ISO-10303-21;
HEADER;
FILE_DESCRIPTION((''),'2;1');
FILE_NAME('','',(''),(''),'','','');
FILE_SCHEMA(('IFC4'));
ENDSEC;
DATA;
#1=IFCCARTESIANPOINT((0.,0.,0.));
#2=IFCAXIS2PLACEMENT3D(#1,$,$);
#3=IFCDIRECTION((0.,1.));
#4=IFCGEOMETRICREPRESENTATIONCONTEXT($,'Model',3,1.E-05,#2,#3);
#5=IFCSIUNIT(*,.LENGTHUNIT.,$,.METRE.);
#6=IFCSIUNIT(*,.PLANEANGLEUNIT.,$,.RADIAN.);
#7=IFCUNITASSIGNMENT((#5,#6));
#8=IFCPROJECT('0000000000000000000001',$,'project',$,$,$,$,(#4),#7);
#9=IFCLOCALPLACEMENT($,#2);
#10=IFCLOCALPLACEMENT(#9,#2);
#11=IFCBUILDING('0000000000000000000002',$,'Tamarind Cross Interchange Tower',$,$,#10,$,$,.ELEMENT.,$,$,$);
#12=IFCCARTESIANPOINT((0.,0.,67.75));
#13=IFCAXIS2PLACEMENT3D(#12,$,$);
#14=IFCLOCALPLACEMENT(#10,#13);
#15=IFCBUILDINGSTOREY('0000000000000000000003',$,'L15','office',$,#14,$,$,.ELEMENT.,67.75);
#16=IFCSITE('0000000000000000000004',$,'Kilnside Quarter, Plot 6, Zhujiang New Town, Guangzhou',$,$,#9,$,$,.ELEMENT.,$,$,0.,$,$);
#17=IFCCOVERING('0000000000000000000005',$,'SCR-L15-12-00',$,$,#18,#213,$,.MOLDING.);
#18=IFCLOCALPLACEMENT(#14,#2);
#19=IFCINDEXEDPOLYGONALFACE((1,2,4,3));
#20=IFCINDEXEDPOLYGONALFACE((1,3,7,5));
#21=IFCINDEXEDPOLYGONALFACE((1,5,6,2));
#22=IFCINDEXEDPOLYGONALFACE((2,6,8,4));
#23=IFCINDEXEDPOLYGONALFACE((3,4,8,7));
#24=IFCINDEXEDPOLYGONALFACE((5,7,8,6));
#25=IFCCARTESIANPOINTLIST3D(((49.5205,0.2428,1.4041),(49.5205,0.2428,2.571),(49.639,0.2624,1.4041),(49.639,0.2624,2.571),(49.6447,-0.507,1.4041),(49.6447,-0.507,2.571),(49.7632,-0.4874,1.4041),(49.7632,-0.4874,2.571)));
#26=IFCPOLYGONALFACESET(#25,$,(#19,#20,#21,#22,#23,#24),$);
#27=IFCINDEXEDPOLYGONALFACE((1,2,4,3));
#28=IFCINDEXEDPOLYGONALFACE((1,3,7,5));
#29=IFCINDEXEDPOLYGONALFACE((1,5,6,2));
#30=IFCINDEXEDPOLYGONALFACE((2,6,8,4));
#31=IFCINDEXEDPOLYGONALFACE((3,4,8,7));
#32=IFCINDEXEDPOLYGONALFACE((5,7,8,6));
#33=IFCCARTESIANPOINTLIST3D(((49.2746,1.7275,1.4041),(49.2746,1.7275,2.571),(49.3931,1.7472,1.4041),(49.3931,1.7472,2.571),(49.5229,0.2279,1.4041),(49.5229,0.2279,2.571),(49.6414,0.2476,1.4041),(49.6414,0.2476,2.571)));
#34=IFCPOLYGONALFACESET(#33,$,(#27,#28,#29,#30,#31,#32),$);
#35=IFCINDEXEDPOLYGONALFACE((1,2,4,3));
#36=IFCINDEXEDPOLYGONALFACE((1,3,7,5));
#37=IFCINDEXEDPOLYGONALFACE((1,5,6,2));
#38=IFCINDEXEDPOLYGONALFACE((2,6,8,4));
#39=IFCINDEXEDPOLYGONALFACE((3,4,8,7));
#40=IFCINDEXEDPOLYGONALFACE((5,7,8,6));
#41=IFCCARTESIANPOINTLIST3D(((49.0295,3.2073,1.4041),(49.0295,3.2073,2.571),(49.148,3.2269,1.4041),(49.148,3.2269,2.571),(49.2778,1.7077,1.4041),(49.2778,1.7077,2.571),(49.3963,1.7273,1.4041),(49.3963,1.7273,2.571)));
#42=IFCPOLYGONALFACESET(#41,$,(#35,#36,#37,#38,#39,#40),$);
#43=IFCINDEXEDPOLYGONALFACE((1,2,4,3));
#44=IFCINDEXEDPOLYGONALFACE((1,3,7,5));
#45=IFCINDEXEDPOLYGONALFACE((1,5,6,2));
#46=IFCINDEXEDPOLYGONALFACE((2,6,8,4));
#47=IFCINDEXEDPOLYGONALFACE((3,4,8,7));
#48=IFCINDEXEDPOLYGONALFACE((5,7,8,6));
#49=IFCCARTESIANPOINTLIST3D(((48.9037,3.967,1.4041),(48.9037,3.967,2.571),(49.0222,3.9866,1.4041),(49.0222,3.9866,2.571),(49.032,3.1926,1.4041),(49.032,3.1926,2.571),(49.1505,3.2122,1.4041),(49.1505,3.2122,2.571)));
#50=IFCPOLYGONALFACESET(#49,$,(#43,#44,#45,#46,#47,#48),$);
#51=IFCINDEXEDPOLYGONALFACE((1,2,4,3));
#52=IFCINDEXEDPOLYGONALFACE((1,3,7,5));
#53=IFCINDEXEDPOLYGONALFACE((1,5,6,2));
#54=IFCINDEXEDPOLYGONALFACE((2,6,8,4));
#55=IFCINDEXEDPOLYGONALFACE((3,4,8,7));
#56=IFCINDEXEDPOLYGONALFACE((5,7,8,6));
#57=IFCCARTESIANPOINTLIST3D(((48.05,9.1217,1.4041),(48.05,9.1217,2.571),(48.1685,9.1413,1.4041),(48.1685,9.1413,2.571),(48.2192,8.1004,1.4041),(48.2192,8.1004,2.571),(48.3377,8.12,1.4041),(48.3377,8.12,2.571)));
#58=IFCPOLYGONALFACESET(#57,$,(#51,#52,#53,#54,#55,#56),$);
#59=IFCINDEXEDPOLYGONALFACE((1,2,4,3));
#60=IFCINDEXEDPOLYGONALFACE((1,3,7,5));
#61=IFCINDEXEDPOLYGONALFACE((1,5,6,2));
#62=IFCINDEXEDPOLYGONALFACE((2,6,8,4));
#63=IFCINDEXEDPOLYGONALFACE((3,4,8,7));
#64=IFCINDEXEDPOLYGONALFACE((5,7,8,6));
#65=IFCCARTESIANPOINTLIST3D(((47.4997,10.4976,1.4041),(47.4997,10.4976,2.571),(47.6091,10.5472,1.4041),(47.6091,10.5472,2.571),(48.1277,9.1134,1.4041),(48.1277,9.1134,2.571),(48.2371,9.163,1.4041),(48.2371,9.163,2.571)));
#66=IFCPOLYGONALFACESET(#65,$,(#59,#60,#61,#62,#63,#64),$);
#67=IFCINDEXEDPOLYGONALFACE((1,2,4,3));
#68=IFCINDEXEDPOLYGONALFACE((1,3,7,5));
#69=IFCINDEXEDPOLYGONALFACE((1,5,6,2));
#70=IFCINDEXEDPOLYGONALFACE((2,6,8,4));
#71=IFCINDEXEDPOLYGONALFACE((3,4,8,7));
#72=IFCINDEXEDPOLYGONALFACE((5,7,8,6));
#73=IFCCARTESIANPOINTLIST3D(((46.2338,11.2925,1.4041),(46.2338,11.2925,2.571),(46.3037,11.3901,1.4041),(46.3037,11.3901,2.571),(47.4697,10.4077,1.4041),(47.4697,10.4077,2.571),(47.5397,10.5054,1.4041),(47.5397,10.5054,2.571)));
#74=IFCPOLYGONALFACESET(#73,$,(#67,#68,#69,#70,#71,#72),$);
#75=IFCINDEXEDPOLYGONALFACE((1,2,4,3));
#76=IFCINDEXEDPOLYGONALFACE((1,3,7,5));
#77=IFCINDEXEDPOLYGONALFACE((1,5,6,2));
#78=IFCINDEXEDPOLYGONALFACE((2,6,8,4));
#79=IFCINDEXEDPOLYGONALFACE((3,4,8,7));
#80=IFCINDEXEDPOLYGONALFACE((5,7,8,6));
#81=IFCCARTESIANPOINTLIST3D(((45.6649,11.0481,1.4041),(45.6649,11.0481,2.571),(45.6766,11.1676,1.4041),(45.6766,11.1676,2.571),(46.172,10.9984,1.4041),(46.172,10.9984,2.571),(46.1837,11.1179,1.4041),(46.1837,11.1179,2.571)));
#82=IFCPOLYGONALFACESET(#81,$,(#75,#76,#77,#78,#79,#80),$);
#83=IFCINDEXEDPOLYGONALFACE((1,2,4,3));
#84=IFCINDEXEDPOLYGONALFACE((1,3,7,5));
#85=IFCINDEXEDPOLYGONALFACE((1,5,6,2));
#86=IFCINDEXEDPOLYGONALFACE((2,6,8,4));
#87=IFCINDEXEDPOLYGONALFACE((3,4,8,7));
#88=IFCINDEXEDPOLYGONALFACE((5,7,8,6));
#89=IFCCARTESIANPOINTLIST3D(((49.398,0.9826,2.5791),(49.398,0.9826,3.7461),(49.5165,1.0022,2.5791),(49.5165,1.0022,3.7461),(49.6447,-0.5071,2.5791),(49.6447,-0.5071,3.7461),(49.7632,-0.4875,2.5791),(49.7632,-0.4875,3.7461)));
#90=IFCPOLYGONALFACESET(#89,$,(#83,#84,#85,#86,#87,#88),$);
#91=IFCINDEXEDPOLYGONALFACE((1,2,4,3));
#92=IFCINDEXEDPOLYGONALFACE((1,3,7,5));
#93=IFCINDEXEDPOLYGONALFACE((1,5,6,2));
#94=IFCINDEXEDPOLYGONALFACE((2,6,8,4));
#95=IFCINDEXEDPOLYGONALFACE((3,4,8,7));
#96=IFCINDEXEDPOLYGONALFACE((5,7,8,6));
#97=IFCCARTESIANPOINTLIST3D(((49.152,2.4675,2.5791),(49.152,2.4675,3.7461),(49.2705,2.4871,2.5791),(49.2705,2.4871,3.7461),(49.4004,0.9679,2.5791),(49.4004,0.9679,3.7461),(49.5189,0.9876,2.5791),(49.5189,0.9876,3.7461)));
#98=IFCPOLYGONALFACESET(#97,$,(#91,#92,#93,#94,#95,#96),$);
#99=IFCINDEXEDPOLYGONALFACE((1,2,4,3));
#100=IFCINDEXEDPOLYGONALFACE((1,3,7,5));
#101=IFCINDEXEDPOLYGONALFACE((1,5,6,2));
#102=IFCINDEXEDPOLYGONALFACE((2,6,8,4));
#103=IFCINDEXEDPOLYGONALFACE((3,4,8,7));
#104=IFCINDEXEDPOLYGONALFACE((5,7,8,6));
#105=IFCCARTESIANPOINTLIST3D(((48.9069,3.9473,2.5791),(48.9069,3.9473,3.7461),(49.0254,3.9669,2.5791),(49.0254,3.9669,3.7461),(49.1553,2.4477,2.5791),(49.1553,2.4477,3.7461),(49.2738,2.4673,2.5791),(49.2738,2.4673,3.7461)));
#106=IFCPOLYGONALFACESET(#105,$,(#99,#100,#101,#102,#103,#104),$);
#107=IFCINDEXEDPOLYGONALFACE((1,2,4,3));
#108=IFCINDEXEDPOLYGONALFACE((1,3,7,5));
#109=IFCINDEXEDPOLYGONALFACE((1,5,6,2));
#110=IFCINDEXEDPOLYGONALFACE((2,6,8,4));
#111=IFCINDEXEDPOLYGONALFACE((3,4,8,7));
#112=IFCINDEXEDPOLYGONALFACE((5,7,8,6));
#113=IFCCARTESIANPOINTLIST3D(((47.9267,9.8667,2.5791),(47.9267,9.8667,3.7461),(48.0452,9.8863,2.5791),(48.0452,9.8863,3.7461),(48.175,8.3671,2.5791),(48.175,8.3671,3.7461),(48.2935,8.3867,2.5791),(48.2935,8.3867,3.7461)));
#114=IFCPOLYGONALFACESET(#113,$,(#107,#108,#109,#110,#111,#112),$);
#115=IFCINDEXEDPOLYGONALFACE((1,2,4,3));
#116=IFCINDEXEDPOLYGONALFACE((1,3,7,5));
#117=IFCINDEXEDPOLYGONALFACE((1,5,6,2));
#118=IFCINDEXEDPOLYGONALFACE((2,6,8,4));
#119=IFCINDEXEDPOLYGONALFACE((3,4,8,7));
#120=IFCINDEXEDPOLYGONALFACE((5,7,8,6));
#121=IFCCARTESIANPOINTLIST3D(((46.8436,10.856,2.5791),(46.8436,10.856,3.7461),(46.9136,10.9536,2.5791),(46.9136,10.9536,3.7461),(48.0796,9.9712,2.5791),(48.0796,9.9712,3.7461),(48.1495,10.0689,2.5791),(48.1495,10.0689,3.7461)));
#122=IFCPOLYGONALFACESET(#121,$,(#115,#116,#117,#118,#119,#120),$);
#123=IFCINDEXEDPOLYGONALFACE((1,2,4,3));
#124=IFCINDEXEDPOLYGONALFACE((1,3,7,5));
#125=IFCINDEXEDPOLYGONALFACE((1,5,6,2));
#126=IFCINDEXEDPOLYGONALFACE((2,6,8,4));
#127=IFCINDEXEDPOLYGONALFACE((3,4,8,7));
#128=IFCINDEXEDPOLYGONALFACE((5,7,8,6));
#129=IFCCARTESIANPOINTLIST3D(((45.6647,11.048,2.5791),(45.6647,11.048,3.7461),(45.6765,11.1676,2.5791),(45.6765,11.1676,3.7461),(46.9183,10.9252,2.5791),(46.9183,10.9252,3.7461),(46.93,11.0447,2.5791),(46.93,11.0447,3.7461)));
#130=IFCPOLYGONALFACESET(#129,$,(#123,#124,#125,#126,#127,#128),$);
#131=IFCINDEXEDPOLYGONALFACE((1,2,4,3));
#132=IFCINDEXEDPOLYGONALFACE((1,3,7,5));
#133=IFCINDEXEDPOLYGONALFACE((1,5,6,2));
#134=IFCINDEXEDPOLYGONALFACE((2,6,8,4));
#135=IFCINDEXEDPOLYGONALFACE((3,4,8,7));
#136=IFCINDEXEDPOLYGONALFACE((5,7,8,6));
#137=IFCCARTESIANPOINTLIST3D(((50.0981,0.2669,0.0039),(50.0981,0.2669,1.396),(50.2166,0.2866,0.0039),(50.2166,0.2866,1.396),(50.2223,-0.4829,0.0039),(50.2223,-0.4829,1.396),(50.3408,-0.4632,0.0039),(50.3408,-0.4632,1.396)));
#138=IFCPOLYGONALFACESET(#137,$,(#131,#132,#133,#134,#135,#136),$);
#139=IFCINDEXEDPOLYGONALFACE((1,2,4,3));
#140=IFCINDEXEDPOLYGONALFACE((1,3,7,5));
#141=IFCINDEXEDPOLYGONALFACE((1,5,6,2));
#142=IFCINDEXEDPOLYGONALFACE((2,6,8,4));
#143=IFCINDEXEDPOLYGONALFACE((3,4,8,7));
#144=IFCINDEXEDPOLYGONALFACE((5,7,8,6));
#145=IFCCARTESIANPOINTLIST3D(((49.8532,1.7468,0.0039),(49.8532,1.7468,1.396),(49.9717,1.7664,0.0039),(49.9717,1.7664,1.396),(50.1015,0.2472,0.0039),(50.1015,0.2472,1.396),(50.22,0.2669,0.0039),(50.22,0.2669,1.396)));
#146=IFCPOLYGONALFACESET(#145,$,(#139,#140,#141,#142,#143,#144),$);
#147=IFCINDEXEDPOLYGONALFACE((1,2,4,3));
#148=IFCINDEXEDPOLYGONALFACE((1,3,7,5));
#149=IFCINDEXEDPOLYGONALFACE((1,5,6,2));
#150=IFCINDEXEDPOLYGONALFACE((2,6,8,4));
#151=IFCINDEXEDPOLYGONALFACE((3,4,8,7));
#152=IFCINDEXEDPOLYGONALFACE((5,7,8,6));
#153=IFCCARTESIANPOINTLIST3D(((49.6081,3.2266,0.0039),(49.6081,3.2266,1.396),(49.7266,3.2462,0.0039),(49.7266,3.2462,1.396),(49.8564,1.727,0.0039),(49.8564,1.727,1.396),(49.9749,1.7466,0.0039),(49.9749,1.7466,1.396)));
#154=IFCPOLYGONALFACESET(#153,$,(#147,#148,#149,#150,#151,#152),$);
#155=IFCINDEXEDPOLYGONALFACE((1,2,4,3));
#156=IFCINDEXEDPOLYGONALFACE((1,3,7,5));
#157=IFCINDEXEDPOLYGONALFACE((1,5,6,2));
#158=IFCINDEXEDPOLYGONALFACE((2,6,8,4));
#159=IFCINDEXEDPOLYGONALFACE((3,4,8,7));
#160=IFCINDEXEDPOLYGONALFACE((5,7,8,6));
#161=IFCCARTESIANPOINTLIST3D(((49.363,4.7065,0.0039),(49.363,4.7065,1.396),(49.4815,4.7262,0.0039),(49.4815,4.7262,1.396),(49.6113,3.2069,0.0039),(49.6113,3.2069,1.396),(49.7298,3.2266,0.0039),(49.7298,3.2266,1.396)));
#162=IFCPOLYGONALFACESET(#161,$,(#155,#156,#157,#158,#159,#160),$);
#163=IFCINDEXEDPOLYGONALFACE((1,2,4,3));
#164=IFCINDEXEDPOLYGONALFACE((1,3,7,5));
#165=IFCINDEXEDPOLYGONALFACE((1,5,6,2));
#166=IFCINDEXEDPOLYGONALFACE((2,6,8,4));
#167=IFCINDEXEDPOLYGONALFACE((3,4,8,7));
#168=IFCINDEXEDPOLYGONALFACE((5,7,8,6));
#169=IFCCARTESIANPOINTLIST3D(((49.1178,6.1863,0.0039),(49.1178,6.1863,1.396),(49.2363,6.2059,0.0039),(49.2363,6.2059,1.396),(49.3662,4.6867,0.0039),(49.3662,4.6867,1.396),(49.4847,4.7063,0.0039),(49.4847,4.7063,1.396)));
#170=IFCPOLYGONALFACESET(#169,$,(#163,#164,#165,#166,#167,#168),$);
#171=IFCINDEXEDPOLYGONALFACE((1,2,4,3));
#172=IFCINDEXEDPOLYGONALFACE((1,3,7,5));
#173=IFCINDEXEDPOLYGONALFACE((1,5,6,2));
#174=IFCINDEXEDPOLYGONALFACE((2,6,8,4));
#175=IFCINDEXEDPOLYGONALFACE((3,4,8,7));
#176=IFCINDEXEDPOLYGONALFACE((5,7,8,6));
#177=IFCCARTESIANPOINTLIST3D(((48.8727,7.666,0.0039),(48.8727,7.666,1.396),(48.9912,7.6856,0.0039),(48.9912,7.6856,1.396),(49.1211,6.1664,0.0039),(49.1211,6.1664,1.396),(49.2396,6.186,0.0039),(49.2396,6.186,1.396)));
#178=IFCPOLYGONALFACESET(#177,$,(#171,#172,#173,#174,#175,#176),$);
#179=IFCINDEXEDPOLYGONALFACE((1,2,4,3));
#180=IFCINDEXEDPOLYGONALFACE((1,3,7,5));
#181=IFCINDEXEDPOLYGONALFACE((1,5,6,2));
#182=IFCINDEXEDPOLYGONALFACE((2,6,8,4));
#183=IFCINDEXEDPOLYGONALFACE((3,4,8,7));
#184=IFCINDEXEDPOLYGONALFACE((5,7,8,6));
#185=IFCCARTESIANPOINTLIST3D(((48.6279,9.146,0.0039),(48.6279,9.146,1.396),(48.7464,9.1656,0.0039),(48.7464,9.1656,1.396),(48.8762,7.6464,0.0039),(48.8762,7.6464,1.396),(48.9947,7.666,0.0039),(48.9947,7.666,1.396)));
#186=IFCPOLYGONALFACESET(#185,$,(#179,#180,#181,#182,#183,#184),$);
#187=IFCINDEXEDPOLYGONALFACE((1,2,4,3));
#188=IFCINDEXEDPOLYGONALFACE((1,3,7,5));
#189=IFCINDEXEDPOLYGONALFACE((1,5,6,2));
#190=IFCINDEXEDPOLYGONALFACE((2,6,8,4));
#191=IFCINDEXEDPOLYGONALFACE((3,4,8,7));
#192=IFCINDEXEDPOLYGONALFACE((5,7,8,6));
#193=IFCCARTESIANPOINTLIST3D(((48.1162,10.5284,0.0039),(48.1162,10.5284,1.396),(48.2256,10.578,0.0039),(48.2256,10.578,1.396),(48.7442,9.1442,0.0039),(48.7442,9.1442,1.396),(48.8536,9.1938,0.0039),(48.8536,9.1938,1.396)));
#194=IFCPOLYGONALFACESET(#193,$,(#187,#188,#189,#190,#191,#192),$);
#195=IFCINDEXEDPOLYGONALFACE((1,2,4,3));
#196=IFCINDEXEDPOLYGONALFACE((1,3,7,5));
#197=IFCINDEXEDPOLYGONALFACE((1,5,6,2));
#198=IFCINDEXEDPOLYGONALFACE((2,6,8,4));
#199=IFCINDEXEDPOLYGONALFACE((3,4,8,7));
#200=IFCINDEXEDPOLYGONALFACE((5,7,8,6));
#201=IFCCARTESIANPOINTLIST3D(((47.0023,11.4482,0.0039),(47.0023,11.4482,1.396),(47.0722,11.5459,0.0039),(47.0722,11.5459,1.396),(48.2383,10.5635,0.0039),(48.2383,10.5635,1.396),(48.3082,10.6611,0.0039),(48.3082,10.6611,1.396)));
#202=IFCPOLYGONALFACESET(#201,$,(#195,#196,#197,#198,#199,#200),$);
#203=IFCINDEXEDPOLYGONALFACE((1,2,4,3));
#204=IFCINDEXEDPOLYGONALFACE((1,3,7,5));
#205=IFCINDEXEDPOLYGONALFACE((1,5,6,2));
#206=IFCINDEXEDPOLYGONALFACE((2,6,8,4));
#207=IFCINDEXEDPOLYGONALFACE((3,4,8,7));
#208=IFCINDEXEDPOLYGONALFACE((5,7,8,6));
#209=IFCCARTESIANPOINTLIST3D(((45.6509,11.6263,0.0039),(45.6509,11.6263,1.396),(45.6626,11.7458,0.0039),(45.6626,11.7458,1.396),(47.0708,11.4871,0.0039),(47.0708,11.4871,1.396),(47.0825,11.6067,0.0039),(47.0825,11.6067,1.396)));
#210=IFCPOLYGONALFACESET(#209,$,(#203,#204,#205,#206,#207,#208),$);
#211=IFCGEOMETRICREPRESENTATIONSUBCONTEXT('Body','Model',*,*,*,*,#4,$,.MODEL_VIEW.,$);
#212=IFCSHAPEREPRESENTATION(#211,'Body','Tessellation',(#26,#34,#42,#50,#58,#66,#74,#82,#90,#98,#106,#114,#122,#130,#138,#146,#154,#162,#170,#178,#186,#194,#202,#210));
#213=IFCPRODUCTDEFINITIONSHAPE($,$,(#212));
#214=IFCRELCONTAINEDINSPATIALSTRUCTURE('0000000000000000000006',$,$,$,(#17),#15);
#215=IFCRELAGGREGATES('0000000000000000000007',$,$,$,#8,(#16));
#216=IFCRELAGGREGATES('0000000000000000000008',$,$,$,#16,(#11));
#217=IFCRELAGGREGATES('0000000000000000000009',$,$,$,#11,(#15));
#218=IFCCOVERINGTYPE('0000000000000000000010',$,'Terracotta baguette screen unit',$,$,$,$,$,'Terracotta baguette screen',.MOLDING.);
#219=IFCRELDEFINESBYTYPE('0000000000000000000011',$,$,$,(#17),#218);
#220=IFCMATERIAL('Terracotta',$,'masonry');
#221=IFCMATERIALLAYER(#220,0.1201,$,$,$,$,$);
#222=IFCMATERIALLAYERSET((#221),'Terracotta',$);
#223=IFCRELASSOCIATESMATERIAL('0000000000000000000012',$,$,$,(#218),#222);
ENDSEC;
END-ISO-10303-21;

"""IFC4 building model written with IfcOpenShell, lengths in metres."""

from ifc_helpers import new_model, si_unit, direction, frame, origin, origin_2d, place, context, subcontext, project, spatial, rectangle, extrude, material, layer, layer_set, type_object, element, save


model = new_model("IFC4")

# Units and contexts
model_context = context("Model", 3, precision=1e-05, world=origin(), true_north=direction((0.0, 1.0)))
body_context = subcontext(model_context, "Body", "Model", "MODEL_VIEW")
ifc_project = project(units=[si_unit("LENGTHUNIT", "METRE"), si_unit("PLANEANGLEUNIT", "RADIAN")], contexts=[model_context])

# Site, building, storey
site_placement = place(None, origin())
site = spatial("IfcSite", under=ifc_project, at=site_placement, Name="Kilnside Quarter, Plot 6, Zhujiang New Town, Guangzhou", CompositionType="ELEMENT", RefElevation=0.0)
building_placement = place(site_placement, origin())
building = spatial("IfcBuilding", under=site, at=building_placement, Name="Tamarind Cross Interchange Tower", CompositionType="ELEMENT")
storey_placement = place(building_placement, frame((0.0, 0.0, 67.75)))
storey = spatial("IfcBuildingStorey", under=building, at=storey_placement, Name="L15", Description="office", CompositionType="ELEMENT", Elevation=67.75)

# Covering
ifc_material_1 = material(Name="Terracotta", Category="masonry")
ifc_layer_1 = layer(ifc_material_1, 0.1201)
ifc_layer_set_1 = layer_set([ifc_layer_1], Name="Terracotta")
covering_type = type_object("IfcCoveringType", Name="Terracotta baguette screen unit", ElementType="Terracotta baguette screen", PredefinedType="MOLDING", material=ifc_layer_set_1)
covering_1_placement = place(storey_placement, origin())
element("IfcCovering", 1, at=covering_1_placement, inside=storey, type_object=covering_type, Name="SCR-L15-12-00", PredefinedType="MOLDING", context=body_context, shape_type="SweptSolid", body=[
    extrude(rectangle(XDim=0.76, YDim=0.1201, at=origin_2d()), frame((49.6418, -0.1223, 1.4041), z_axis=(0.0, 0.0, 1.0), x_axis=(-0.163381, 0.986563, 0.0)), (0.0, 0.0, 1.0), 1.167),
    extrude(rectangle(XDim=1.52, YDim=0.1201, at=origin_2d()), frame((49.458, 0.9875, 1.4041), z_axis=(0.0, 0.0, 1.0), x_axis=(-0.163381, 0.986563, 0.0)), (0.0, 0.0, 1.0), 1.167),
    extrude(rectangle(XDim=1.52, YDim=0.1201, at=origin_2d()), frame((49.2129, 2.4673, 1.4041), z_axis=(0.0, 0.0, 1.0), x_axis=(-0.163381, 0.986563, 0.0)), (0.0, 0.0, 1.0), 1.167),
    extrude(rectangle(XDim=0.7849, YDim=0.1201, at=origin_2d()), frame((49.0271, 3.5896, 1.4041), z_axis=(0.0, 0.0, 1.0), x_axis=(-0.163381, 0.986563, 0.0)), (0.0, 0.0, 1.0), 1.167),
    extrude(rectangle(XDim=1.0352, YDim=0.1201, at=origin_2d()), frame((48.1938, 8.6208, 1.4041), z_axis=(0.0, 0.0, 1.0), x_axis=(-0.163381, 0.986563, 0.0)), (0.0, 0.0, 1.0), 1.167),
    extrude(rectangle(XDim=1.52, YDim=0.1201, at=origin_2d()), frame((47.8684, 9.8303, 1.4041), z_axis=(0.0, 0.0, 1.0), x_axis=(-0.413155, 0.910661, 0.0)), (0.0, 0.0, 1.0), 1.167),
    extrude(rectangle(XDim=1.52, YDim=0.1201, at=origin_2d()), frame((46.8867, 10.8989, 1.4041), z_axis=(0.0, 0.0, 1.0), x_axis=(-0.813133, 0.582078, 0.0)), (0.0, 0.0, 1.0), 1.167),
    extrude(rectangle(XDim=0.5095, YDim=0.1201, at=origin_2d()), frame((45.9243, 11.083, 1.4041), z_axis=(0.0, 0.0, 1.0), x_axis=(-0.995233, 0.097527, 0.0)), (0.0, 0.0, 1.0), 1.167),
    extrude(rectangle(XDim=1.51, YDim=0.1201, at=origin_2d()), frame((49.5806, 0.2476, 2.5791), z_axis=(0.0, 0.0, 1.0), x_axis=(-0.163381, 0.986563, 0.0)), (0.0, 0.0, 1.0), 1.167),
    extrude(rectangle(XDim=1.52, YDim=0.1201, at=origin_2d()), frame((49.3354, 1.7275, 2.5791), z_axis=(0.0, 0.0, 1.0), x_axis=(-0.163381, 0.986563, 0.0)), (0.0, 0.0, 1.0), 1.167),
    extrude(rectangle(XDim=1.52, YDim=0.1201, at=origin_2d()), frame((49.0903, 3.2073, 2.5791), z_axis=(0.0, 0.0, 1.0), x_axis=(-0.163381, 0.986563, 0.0)), (0.0, 0.0, 1.0), 1.167),
    extrude(rectangle(XDim=1.52, YDim=0.1201, at=origin_2d()), frame((48.1101, 9.1267, 2.5791), z_axis=(0.0, 0.0, 1.0), x_axis=(-0.163381, 0.986563, 0.0)), (0.0, 0.0, 1.0), 1.167),
    extrude(rectangle(XDim=1.52, YDim=0.1201, at=origin_2d()), frame((47.4966, 10.4624, 2.5791), z_axis=(0.0, 0.0, 1.0), x_axis=(-0.813133, 0.582078, 0.0)), (0.0, 0.0, 1.0), 1.167),
    extrude(rectangle(XDim=1.2595, YDim=0.1201, at=origin_2d()), frame((46.2974, 11.0464, 2.5791), z_axis=(0.0, 0.0, 1.0), x_axis=(-0.995233, 0.097527, 0.0)), (0.0, 0.0, 1.0), 1.167),
    extrude(rectangle(XDim=0.76, YDim=0.1201, at=origin_2d()), frame((50.2195, -0.0981, 0.0039), z_axis=(0.0, 0.0, 1.0), x_axis=(-0.163381, 0.986563, 0.0)), (0.0, 0.0, 1.0), 1.3921),
    extrude(rectangle(XDim=1.52, YDim=0.1201, at=origin_2d()), frame((50.0366, 1.0068, 0.0039), z_axis=(0.0, 0.0, 1.0), x_axis=(-0.163381, 0.986563, 0.0)), (0.0, 0.0, 1.0), 1.3921),
    extrude(rectangle(XDim=1.52, YDim=0.1201, at=origin_2d()), frame((49.7915, 2.4866, 0.0039), z_axis=(0.0, 0.0, 1.0), x_axis=(-0.163381, 0.986563, 0.0)), (0.0, 0.0, 1.0), 1.3921),
    extrude(rectangle(XDim=1.52, YDim=0.1201, at=origin_2d()), frame((49.5464, 3.9666, 0.0039), z_axis=(0.0, 0.0, 1.0), x_axis=(-0.163381, 0.986563, 0.0)), (0.0, 0.0, 1.0), 1.3921),
    extrude(rectangle(XDim=1.52, YDim=0.1201, at=origin_2d()), frame((49.3013, 5.4463, 0.0039), z_axis=(0.0, 0.0, 1.0), x_axis=(-0.163381, 0.986563, 0.0)), (0.0, 0.0, 1.0), 1.3921),
    extrude(rectangle(XDim=1.52, YDim=0.1201, at=origin_2d()), frame((49.0562, 6.926, 0.0039), z_axis=(0.0, 0.0, 1.0), x_axis=(-0.163381, 0.986563, 0.0)), (0.0, 0.0, 1.0), 1.3921),
    extrude(rectangle(XDim=1.52, YDim=0.1201, at=origin_2d()), frame((48.8113, 8.406, 0.0039), z_axis=(0.0, 0.0, 1.0), x_axis=(-0.163381, 0.986563, 0.0)), (0.0, 0.0, 1.0), 1.3921),
    extrude(rectangle(XDim=1.52, YDim=0.1201, at=origin_2d()), frame((48.4849, 9.8611, 0.0039), z_axis=(0.0, 0.0, 1.0), x_axis=(-0.413155, 0.910661, 0.0)), (0.0, 0.0, 1.0), 1.3921),
    extrude(rectangle(XDim=1.52, YDim=0.1201, at=origin_2d()), frame((47.6553, 11.0547, 0.0039), z_axis=(0.0, 0.0, 1.0), x_axis=(-0.813133, 0.582078, 0.0)), (0.0, 0.0, 1.0), 1.3921),
    extrude(rectangle(XDim=1.4268, YDim=0.1201, at=origin_2d()), frame((46.3667, 11.6165, 0.0039), z_axis=(0.0, 0.0, 1.0), x_axis=(-0.995233, 0.097527, 0.0)), (0.0, 0.0, 1.0), 1.3921),
])

save(model, "model.ifc")
